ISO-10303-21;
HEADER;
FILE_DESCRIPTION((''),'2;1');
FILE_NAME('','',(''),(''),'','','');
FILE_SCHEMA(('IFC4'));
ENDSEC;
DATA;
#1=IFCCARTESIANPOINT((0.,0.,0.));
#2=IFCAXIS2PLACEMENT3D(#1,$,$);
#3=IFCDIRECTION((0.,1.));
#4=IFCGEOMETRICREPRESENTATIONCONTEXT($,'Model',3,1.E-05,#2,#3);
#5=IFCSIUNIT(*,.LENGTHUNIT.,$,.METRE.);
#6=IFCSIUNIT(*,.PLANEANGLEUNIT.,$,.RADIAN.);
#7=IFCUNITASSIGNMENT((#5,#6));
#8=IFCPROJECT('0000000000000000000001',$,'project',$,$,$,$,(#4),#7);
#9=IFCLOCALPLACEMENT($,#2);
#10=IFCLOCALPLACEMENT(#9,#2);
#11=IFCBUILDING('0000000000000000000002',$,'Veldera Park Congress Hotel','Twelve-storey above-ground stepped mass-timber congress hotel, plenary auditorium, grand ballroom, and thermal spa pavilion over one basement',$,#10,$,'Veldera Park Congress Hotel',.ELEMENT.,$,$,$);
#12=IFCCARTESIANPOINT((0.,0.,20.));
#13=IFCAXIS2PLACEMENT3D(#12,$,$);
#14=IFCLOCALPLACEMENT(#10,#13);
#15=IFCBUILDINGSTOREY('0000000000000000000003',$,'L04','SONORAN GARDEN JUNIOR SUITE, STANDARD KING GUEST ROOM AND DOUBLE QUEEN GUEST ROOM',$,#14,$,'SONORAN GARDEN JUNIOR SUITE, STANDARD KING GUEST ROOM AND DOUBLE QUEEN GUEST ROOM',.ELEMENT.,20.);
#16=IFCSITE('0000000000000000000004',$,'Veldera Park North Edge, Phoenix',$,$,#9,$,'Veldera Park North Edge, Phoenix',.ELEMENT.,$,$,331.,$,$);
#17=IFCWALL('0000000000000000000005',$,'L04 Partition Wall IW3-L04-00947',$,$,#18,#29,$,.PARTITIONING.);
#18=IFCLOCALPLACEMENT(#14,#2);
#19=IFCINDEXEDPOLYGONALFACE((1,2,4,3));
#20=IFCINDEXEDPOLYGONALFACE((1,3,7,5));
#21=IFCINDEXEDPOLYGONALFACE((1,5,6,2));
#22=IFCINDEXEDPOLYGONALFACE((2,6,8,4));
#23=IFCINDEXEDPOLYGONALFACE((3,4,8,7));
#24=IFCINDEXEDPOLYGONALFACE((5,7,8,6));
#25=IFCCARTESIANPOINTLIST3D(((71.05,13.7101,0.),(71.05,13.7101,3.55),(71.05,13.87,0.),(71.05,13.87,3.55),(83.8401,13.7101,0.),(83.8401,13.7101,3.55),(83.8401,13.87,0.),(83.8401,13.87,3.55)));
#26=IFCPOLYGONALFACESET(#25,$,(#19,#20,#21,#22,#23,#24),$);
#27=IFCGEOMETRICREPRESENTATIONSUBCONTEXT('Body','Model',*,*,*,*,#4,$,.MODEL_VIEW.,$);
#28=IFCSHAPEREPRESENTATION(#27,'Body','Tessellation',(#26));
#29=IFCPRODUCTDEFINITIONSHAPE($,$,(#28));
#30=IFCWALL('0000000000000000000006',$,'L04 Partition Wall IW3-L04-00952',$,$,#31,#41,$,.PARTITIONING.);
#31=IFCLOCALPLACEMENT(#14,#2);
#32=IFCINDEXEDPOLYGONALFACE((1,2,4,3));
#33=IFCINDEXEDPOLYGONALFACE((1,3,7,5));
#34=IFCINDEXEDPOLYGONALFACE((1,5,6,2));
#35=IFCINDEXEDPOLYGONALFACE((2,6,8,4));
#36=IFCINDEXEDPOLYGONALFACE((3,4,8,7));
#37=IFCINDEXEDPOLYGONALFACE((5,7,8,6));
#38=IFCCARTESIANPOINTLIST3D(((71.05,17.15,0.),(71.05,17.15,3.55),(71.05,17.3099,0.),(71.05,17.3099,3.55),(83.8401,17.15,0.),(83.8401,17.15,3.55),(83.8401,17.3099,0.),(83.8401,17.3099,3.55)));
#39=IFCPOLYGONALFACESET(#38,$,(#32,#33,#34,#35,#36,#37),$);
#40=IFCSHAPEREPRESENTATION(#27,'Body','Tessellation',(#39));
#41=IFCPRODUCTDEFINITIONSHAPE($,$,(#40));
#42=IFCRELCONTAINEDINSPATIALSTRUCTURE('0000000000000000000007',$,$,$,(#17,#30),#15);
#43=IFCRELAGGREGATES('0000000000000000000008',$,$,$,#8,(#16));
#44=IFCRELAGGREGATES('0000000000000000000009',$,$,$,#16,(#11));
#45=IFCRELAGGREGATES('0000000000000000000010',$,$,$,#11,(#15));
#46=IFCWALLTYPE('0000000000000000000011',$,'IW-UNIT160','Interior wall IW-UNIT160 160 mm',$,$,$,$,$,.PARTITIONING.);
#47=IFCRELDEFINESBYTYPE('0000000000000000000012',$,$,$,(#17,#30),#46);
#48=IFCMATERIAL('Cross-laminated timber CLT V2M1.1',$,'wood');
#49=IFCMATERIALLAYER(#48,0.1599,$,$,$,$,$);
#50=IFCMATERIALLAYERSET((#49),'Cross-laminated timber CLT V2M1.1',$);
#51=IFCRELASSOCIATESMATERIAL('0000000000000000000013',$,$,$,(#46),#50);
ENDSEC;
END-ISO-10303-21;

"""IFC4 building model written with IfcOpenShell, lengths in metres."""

from ifc_helpers import new_model, si_unit, direction, frame, frame_2d, origin, place, context, subcontext, project, spatial, rectangle, extrude, material, layer, layer_set, type_object, element, save


model = new_model("IFC4")

# Units and contexts
model_context = context("Model", 3, precision=1e-05, world=origin(), true_north=direction((0.0, 1.0)))
body_context = subcontext(model_context, "Body", "Model", "MODEL_VIEW")
ifc_project = project(units=[si_unit("LENGTHUNIT", "METRE"), si_unit("PLANEANGLEUNIT", "RADIAN")], contexts=[model_context])

# Site, building, storey
site_placement = place(None, origin())
site = spatial("IfcSite", under=ifc_project, at=site_placement, Name="Veldera Park North Edge, Phoenix", LongName="Veldera Park North Edge, Phoenix", CompositionType="ELEMENT", RefElevation=331.0)
building_placement = place(site_placement, origin())
building = spatial("IfcBuilding", under=site, at=building_placement, Name="Veldera Park Congress Hotel", Description="Twelve-storey above-ground stepped mass-timber congress hotel, plenary auditorium, grand ballroom, and thermal spa pavilion over one basement", LongName="Veldera Park Congress Hotel", CompositionType="ELEMENT")
storey_placement = place(building_placement, frame((0.0, 0.0, 20.0)))
storey = spatial("IfcBuildingStorey", under=building, at=storey_placement, Name="L04", Description="SONORAN GARDEN JUNIOR SUITE, STANDARD KING GUEST ROOM AND DOUBLE QUEEN GUEST ROOM", LongName="SONORAN GARDEN JUNIOR SUITE, STANDARD KING GUEST ROOM AND DOUBLE QUEEN GUEST ROOM", CompositionType="ELEMENT", Elevation=20.0)

# Walls
ifc_material_1 = material(Name="Cross-laminated timber CLT V2M1.1", Category="wood")
ifc_layer_1 = layer(ifc_material_1, 0.1599)
ifc_layer_set_1 = layer_set([ifc_layer_1], Name="Cross-laminated timber CLT V2M1.1")
wall_type_1 = type_object("IfcWallType", Name="IW-UNIT160", Description="Interior wall IW-UNIT160 160 mm", PredefinedType="PARTITIONING", material=ifc_layer_set_1)
for number, where, z_axis, x_axis, name in (
    (1, (71.05, 13.79, 0.0), (0.0, 0.0, 1.0), (1.0, 0.0, 0.0), "L04 Partition Wall IW3-L04-00947"),
    (2, (71.05, 17.23, 0.0), (0.0, 0.0, 1.0), (1.0, 0.0, 0.0), "L04 Partition Wall IW3-L04-00952"),
):
    element("IfcWall", number, at=place(storey_placement, frame(where, z_axis=z_axis, x_axis=x_axis)), inside=storey, type_object=wall_type_1, Name=name, PredefinedType="PARTITIONING", context=body_context, shape_type="SweptSolid", body=[
        extrude(rectangle(XDim=12.79, YDim=0.1599, at=frame_2d((6.395, 0.0))), origin(), (0.0, 0.0, 1.0), 3.55),
    ])

save(model, "model.ifc")
